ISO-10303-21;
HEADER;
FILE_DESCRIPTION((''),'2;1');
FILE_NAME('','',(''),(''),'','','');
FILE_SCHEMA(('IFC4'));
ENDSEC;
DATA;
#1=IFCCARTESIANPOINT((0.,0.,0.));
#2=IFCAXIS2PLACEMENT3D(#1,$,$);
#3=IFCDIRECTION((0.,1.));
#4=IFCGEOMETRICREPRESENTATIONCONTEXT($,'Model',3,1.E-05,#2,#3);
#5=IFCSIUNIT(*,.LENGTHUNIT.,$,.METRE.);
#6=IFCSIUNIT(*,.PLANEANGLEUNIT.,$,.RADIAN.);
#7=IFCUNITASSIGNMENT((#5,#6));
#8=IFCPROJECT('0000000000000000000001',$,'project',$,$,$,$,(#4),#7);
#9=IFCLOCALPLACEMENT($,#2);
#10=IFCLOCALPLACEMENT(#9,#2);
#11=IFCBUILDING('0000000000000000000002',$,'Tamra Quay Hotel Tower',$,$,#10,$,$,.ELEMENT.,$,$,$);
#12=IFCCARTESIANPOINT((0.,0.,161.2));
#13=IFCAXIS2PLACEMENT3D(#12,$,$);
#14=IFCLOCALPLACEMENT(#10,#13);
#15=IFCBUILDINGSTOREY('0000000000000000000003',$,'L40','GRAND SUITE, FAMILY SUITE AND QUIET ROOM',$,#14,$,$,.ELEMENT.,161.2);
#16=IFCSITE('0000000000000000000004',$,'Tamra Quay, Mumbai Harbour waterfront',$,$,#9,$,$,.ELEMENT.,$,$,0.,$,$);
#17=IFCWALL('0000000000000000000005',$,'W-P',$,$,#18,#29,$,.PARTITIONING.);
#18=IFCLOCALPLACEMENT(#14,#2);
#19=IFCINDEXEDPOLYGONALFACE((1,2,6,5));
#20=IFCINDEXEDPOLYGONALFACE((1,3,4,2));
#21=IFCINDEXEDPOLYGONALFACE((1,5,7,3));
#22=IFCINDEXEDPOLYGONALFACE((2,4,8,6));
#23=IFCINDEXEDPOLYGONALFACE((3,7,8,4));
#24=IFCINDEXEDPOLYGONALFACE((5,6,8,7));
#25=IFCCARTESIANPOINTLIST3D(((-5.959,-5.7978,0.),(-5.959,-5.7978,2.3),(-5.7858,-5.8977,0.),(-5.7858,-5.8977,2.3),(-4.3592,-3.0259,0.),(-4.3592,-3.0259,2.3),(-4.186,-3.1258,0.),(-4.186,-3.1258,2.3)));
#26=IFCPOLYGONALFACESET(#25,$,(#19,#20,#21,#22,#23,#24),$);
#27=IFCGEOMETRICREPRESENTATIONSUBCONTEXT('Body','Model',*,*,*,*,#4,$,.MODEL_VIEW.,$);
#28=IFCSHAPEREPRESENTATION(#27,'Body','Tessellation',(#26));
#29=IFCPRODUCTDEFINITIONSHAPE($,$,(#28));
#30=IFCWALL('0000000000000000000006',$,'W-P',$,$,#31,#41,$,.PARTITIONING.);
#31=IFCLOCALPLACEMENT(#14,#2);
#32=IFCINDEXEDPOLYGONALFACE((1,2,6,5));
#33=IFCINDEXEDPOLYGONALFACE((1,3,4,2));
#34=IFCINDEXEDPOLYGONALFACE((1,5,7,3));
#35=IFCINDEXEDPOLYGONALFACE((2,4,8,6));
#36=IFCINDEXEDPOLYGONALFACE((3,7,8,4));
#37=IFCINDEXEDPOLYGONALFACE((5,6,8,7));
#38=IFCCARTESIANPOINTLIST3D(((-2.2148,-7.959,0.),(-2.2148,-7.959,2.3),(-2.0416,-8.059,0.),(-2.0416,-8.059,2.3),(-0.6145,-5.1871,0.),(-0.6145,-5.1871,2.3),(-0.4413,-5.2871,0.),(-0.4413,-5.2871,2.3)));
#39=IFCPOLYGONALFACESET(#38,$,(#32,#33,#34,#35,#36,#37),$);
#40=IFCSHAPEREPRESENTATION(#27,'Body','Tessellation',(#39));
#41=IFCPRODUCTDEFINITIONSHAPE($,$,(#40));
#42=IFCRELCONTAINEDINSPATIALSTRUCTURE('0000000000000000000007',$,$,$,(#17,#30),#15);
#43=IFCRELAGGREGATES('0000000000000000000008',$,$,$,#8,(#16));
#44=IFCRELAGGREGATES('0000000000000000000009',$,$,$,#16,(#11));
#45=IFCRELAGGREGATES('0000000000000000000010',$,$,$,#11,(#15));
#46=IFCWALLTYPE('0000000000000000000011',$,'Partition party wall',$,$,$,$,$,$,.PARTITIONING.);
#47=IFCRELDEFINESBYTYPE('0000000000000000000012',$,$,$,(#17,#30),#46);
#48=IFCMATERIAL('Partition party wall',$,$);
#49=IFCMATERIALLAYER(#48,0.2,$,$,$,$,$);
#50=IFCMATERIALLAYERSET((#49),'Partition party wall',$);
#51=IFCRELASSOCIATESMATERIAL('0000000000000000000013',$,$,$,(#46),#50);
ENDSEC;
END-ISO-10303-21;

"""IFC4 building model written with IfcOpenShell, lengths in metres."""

from ifc_helpers import new_model, si_unit, direction, frame, frame_2d, origin, place, context, subcontext, project, spatial, rectangle, extrude, material, layer, layer_set, type_object, element, save


model = new_model("IFC4")

# Units and contexts
model_context = context("Model", 3, precision=1e-05, world=origin(), true_north=direction((0.0, 1.0)))
body_context = subcontext(model_context, "Body", "Model", "MODEL_VIEW")
ifc_project = project(units=[si_unit("LENGTHUNIT", "METRE"), si_unit("PLANEANGLEUNIT", "RADIAN")], contexts=[model_context])

# Site, building, storey
site_placement = place(None, origin())
site = spatial("IfcSite", under=ifc_project, at=site_placement, Name="Tamra Quay, Mumbai Harbour waterfront", CompositionType="ELEMENT", RefElevation=0.0)
building_placement = place(site_placement, origin())
building = spatial("IfcBuilding", under=site, at=building_placement, Name="Tamra Quay Hotel Tower", CompositionType="ELEMENT")
storey_placement = place(building_placement, frame((0.0, 0.0, 161.2)))
storey = spatial("IfcBuildingStorey", under=building, at=storey_placement, Name="L40", Description="GRAND SUITE, FAMILY SUITE AND QUIET ROOM", CompositionType="ELEMENT", Elevation=161.2)

# Walls
ifc_material_1 = material(Name="Partition party wall")
ifc_layer_1 = layer(ifc_material_1, 0.2)
ifc_layer_set_1 = layer_set([ifc_layer_1], Name="Partition party wall")
wall_type_1 = type_object("IfcWallType", Name="Partition party wall", PredefinedType="PARTITIONING", material=ifc_layer_set_1)
wall_1_placement = place(storey_placement, frame((-5.8723, -5.8477, 0.0), z_axis=(0.0, 0.0, 1.0), x_axis=(0.499872, 0.866099, 0.0)))
element("IfcWall", 1, at=wall_1_placement, inside=storey, type_object=wall_type_1, Name="W-P", PredefinedType="PARTITIONING", context=body_context, shape_type="SweptSolid", body=[
    extrude(rectangle(XDim=3.2004, YDim=0.2, at=frame_2d((1.6001, 0.0))), origin(), (0.0, 0.0, 1.0), 2.3),
])
wall_2_placement = place(storey_placement, frame((-2.1282, -8.009, 0.0), z_axis=(0.0, 0.0, 1.0), x_axis=(0.499987, 0.866033, 0.0)))
element("IfcWall", 2, at=wall_2_placement, inside=storey, type_object=wall_type_1, Name="W-P", PredefinedType="PARTITIONING", context=body_context, shape_type="SweptSolid", body=[
    extrude(rectangle(XDim=3.2007, YDim=0.2, at=frame_2d((1.6003, 0.0))), origin(), (0.0, 0.0, 1.0), 2.3),
])

save(model, "model.ifc")
